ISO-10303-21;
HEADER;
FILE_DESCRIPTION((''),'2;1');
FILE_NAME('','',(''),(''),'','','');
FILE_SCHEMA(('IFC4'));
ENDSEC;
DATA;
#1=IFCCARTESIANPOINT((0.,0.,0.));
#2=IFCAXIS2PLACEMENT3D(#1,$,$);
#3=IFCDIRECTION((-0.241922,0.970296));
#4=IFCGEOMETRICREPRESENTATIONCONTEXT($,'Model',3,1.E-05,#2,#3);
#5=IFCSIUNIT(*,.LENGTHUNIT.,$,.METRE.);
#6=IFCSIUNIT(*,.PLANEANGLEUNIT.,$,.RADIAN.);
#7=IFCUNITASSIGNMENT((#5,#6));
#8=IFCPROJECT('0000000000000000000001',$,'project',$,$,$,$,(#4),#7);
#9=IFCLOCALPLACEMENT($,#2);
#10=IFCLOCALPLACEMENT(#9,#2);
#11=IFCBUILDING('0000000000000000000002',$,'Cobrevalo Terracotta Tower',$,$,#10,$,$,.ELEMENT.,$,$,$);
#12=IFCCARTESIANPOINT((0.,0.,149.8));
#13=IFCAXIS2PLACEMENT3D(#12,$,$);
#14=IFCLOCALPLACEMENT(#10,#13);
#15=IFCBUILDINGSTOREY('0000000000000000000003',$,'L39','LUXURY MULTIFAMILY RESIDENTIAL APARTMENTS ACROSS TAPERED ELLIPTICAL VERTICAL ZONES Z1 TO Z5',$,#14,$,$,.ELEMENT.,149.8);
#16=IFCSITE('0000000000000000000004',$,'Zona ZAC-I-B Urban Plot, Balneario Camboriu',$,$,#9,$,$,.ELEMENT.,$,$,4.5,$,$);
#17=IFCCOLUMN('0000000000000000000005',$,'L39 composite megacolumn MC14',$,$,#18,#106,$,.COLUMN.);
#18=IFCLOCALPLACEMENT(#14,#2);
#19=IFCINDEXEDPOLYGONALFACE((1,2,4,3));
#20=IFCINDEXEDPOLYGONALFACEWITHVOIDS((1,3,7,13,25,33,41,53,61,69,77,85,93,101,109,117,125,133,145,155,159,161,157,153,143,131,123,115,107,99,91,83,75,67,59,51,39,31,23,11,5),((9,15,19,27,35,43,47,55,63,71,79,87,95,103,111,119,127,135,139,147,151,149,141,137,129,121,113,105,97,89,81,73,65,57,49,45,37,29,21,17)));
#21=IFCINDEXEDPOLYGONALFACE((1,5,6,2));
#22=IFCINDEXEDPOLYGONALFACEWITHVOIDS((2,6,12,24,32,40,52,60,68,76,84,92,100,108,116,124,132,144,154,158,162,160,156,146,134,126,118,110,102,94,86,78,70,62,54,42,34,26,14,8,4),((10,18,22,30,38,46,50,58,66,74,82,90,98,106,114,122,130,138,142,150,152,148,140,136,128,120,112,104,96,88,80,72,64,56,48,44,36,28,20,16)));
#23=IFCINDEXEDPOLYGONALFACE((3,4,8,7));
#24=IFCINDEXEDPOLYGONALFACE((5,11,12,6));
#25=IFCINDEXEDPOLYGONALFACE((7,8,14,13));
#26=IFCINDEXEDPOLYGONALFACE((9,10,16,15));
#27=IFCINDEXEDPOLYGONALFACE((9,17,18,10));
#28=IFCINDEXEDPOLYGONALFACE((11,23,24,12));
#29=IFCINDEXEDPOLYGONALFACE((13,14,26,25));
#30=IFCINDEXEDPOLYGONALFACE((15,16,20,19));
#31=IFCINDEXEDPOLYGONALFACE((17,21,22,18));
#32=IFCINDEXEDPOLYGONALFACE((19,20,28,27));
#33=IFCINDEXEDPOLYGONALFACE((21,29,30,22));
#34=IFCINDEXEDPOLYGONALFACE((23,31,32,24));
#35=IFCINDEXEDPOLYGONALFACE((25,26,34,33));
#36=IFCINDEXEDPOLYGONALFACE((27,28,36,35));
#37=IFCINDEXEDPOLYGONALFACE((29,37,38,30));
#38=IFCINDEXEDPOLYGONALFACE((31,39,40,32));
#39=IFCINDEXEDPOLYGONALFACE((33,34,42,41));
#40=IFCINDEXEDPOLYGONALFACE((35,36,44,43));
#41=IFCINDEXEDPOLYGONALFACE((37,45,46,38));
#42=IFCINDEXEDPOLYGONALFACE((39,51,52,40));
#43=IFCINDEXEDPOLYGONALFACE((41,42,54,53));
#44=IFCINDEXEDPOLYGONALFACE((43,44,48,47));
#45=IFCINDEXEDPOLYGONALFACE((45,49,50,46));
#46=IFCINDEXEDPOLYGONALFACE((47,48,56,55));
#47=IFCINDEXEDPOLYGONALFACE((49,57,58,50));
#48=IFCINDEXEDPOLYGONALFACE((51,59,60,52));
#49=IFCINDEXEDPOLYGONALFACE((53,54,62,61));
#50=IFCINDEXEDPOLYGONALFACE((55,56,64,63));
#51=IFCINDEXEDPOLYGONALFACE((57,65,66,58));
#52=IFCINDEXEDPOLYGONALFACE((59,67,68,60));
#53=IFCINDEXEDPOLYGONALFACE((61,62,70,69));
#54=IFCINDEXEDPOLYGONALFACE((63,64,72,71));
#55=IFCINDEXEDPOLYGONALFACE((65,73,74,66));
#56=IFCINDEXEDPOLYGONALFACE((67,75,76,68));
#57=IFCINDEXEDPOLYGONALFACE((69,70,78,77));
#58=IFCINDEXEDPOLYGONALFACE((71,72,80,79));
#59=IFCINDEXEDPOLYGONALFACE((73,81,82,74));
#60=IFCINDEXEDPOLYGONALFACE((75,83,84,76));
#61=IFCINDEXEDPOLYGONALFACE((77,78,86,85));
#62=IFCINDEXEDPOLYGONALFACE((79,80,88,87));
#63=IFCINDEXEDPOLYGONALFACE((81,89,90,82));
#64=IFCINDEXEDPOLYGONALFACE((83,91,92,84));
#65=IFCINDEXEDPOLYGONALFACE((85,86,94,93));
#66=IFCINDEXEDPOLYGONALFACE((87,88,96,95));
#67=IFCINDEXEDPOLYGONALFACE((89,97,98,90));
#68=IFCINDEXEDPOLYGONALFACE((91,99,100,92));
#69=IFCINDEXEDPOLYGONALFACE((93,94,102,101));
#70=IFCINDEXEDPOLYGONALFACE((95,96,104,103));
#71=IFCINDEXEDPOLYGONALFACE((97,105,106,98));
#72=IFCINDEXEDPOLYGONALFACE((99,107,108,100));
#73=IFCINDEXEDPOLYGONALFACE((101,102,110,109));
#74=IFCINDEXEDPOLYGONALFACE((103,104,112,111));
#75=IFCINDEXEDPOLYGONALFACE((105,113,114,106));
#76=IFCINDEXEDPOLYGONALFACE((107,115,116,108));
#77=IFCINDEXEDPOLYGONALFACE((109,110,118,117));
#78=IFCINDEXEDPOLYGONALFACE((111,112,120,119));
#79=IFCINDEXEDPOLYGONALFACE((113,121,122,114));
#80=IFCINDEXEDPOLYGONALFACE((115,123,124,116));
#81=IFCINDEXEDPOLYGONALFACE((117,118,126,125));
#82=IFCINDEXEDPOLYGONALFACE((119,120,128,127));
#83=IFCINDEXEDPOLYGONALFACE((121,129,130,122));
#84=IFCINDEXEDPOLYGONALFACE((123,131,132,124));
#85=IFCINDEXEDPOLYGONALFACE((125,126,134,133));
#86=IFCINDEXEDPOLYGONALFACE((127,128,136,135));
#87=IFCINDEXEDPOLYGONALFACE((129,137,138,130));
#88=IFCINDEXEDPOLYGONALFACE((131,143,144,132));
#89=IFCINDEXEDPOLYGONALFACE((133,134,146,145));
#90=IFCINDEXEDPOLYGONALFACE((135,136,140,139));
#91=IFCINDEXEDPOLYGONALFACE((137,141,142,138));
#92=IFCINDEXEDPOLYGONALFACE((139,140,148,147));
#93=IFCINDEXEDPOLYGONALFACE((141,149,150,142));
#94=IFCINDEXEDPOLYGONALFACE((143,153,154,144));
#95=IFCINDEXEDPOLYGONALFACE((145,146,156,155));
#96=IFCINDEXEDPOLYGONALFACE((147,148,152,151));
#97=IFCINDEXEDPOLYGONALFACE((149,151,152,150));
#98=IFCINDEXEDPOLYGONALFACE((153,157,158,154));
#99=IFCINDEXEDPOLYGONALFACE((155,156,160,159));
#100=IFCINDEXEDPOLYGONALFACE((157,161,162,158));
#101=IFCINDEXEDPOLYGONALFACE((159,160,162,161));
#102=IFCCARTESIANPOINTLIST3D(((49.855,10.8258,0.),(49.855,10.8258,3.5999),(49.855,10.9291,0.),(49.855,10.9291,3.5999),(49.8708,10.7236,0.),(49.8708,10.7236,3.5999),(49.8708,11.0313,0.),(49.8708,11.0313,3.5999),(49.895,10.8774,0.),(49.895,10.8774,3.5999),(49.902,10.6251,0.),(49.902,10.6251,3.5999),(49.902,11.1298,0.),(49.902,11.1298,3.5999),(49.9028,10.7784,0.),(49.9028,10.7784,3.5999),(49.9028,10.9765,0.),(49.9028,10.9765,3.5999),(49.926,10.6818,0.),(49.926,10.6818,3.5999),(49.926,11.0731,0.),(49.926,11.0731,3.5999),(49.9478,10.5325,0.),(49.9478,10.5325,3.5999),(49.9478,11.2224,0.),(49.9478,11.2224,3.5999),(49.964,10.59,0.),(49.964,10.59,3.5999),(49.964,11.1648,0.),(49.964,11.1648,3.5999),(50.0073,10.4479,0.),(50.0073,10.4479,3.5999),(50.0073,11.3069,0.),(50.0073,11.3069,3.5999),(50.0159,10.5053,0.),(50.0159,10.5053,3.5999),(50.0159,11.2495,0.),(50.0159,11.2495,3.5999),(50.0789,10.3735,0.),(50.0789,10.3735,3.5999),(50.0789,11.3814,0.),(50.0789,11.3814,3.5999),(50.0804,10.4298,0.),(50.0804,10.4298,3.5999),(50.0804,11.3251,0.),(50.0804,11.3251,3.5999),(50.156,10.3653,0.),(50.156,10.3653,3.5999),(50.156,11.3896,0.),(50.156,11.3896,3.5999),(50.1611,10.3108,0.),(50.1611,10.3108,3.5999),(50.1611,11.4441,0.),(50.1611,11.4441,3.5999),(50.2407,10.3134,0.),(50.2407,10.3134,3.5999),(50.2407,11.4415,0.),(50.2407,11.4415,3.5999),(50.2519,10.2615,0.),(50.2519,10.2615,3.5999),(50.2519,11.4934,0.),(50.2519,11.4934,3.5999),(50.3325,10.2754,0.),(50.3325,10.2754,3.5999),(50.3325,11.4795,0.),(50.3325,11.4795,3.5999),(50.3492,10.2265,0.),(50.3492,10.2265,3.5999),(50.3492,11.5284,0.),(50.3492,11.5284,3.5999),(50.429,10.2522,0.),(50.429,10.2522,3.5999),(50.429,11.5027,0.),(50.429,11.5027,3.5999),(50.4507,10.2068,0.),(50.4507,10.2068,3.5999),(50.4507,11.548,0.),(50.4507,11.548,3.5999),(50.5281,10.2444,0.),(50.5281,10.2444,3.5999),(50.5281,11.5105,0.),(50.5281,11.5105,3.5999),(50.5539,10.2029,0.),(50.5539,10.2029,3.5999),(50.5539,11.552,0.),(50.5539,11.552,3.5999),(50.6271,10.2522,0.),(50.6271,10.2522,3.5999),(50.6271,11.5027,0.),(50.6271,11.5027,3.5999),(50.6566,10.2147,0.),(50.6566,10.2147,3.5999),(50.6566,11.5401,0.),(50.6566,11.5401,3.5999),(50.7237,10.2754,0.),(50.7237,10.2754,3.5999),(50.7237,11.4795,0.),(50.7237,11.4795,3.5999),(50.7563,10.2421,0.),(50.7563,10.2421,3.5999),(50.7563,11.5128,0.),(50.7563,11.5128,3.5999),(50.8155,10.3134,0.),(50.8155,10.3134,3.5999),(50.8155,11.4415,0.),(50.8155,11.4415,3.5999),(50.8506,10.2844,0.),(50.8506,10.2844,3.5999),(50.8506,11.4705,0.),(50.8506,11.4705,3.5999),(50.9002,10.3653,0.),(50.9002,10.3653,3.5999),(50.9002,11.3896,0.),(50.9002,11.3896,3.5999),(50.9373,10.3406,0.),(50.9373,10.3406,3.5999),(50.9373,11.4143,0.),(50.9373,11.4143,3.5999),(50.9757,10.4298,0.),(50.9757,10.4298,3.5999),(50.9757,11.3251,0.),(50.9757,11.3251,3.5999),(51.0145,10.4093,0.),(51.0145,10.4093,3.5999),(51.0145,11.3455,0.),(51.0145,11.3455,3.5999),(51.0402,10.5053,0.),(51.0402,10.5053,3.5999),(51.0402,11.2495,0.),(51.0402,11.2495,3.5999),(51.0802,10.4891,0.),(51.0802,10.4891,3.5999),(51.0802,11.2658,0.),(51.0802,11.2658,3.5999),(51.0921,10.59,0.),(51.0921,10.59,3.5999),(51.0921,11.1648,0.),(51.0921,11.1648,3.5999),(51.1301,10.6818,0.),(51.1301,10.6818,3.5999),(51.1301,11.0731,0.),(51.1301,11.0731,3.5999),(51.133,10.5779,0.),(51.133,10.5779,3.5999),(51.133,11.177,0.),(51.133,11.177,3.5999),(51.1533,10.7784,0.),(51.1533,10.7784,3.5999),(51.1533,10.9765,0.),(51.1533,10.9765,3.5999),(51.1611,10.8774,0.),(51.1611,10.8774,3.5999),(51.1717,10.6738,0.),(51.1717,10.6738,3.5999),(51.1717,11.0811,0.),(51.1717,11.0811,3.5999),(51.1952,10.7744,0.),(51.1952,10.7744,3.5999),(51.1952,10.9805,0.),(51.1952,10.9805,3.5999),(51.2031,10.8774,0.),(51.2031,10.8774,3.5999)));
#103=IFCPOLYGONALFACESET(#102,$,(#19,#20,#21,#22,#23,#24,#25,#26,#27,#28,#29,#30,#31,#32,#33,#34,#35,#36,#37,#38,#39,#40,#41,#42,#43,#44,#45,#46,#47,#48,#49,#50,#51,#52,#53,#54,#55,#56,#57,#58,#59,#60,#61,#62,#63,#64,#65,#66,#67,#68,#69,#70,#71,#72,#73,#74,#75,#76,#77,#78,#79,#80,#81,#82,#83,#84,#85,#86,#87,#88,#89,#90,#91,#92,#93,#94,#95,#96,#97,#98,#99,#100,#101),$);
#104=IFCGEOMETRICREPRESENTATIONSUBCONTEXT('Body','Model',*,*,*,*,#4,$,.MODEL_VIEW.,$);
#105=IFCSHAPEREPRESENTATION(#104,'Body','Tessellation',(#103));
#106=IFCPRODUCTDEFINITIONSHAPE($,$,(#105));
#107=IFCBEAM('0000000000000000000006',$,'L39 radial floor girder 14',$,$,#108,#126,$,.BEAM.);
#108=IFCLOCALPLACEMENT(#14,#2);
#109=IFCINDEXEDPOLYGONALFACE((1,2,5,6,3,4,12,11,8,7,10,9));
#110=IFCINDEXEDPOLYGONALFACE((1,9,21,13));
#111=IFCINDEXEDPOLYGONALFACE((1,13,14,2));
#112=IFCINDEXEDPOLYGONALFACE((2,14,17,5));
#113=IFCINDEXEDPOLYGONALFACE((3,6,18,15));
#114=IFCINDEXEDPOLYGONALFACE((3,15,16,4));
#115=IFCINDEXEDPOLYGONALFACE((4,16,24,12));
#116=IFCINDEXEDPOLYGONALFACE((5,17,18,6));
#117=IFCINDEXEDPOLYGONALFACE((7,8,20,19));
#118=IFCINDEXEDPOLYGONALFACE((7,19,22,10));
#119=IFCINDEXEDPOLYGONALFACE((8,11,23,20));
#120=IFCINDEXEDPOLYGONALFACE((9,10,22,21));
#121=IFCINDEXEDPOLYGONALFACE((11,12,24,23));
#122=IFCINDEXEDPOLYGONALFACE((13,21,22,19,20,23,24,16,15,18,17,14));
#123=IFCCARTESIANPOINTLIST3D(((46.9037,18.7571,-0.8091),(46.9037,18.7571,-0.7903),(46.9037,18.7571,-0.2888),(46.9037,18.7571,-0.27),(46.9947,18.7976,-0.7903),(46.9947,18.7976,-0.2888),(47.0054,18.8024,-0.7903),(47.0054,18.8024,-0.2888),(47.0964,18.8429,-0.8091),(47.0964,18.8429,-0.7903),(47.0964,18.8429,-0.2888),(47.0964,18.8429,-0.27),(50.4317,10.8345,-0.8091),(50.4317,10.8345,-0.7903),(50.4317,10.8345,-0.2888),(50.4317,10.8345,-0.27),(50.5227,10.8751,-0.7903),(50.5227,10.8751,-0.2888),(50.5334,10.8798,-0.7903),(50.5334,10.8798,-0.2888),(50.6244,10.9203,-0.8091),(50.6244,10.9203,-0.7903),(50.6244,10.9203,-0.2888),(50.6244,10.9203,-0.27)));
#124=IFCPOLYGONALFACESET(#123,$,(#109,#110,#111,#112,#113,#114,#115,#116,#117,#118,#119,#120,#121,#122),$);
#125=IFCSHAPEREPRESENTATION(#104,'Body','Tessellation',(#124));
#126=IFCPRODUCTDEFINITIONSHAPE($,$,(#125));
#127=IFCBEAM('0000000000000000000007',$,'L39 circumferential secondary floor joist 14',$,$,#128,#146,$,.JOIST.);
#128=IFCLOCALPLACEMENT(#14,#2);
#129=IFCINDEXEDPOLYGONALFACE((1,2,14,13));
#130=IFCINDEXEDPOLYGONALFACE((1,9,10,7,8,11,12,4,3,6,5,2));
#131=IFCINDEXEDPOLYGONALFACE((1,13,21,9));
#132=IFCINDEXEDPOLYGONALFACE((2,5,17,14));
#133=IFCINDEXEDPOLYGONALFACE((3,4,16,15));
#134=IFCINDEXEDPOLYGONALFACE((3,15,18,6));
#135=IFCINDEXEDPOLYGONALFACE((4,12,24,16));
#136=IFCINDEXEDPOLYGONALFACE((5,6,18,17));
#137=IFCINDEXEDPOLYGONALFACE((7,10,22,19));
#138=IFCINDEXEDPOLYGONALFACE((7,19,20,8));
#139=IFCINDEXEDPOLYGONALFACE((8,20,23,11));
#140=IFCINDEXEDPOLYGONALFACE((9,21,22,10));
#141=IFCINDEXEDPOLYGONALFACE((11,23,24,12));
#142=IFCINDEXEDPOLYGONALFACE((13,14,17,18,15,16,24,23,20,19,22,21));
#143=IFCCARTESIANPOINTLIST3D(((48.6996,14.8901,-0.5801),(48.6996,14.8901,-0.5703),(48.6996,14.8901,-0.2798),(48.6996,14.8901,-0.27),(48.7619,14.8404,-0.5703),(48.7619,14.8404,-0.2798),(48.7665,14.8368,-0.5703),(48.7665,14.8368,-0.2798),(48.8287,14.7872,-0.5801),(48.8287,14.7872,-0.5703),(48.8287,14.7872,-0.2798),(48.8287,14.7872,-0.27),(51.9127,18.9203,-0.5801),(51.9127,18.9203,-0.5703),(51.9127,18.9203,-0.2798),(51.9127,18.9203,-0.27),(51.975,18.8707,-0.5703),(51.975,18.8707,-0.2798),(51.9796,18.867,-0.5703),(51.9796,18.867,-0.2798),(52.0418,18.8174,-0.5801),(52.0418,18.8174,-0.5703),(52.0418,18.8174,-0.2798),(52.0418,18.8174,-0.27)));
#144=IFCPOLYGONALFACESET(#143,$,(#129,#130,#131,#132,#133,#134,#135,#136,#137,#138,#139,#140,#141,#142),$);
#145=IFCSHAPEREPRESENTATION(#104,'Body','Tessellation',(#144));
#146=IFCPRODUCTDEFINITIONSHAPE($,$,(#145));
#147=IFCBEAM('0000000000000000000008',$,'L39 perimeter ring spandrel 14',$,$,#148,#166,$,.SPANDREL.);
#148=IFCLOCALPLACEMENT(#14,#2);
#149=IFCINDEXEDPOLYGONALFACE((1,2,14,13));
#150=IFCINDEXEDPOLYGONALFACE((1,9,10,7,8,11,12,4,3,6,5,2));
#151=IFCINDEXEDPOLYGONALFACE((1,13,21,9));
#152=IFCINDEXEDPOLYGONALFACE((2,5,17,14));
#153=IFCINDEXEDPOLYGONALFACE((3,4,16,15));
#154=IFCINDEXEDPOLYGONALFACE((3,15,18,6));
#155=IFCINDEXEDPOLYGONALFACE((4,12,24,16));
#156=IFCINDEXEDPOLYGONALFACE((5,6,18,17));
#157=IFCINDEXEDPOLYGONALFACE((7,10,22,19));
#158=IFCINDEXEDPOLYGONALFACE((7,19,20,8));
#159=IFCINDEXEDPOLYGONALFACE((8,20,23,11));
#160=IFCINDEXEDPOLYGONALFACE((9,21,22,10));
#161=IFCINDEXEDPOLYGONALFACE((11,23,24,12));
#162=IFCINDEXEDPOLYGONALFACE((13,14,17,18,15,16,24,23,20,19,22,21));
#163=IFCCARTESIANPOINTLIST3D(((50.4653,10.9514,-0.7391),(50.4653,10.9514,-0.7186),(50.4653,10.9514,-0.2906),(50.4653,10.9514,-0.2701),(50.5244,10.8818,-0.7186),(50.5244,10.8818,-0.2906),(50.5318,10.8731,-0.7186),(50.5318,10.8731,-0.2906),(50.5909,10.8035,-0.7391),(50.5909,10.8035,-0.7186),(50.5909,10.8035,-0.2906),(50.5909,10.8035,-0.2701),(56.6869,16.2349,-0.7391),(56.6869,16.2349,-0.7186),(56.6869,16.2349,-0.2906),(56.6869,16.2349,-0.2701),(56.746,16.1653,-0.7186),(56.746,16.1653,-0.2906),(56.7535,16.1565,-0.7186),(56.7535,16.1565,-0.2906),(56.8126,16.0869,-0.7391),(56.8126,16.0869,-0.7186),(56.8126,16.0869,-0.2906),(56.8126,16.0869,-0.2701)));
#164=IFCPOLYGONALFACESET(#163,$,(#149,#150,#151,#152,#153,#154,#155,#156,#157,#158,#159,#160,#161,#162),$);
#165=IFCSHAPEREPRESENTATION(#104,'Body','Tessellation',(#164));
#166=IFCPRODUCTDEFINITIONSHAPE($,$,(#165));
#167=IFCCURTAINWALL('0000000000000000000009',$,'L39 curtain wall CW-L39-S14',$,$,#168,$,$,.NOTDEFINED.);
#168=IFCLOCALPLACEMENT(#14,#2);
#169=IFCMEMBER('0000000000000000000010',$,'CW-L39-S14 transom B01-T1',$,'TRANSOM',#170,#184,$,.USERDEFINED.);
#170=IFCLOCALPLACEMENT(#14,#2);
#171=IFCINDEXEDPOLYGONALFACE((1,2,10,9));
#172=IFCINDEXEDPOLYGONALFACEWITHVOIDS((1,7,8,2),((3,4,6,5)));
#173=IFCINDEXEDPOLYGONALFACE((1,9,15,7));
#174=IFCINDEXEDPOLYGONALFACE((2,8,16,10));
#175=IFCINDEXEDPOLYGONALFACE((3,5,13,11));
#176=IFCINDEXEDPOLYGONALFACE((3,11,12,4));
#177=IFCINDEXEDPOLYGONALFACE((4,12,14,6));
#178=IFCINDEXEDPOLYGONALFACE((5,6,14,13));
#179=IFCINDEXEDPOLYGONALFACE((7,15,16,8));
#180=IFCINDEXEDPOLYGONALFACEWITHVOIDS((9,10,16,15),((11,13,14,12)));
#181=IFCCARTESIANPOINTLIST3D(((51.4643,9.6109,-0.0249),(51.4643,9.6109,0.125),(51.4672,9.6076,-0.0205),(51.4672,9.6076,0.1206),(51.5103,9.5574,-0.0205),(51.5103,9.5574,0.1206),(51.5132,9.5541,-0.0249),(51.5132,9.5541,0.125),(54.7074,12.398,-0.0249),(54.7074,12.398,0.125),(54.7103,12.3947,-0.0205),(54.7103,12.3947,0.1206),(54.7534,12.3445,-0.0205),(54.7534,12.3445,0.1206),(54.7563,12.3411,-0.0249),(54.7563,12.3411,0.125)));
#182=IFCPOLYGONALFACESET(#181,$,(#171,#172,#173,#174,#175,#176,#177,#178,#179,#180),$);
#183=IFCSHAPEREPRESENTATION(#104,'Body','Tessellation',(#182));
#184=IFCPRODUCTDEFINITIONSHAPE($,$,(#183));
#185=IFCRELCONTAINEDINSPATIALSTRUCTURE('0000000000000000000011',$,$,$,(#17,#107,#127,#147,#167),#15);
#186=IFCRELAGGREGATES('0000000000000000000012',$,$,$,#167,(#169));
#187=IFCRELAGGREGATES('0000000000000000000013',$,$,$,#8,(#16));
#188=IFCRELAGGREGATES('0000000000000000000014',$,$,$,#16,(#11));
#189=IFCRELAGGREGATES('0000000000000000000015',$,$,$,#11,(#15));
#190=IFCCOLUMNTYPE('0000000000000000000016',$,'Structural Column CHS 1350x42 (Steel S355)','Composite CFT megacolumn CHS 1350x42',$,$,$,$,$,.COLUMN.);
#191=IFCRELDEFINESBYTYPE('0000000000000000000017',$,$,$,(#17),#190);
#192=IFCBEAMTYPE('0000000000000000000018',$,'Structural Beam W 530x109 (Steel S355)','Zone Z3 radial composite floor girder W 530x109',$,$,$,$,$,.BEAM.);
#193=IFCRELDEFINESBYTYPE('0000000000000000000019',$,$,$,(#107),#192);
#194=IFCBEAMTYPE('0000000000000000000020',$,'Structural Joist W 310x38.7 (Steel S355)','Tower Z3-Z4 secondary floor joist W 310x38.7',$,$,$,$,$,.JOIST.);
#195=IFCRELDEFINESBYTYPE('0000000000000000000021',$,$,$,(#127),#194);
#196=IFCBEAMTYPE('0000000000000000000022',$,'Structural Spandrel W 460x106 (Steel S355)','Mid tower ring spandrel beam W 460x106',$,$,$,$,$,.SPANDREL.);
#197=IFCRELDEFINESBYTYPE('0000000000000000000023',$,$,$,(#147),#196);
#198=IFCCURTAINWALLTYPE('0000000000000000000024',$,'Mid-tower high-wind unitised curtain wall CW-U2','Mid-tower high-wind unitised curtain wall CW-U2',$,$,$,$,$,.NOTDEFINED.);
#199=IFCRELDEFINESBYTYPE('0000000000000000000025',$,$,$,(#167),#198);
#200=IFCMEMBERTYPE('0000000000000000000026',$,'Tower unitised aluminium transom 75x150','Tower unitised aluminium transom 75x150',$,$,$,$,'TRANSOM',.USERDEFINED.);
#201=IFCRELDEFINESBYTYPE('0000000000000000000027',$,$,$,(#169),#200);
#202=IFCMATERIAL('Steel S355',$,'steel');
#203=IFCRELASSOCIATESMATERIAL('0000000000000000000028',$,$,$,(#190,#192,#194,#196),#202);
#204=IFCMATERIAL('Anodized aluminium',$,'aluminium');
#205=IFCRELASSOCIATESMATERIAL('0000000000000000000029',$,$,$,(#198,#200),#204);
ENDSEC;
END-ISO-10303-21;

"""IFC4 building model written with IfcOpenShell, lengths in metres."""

from ifc_helpers import new_model, si_unit, direction, frame, origin, origin_2d, place, context, subcontext, project, spatial, hollow_rectangle, hollow_circle, i_section, extrude, source, transform, mapped, material, material_profile, profile_set, type_object, element, aggregate, save


model = new_model("IFC4")

# Units and contexts
model_context = context("Model", 3, precision=1e-05, world=origin(), true_north=direction((-0.241922, 0.970296)))
body_context = subcontext(model_context, "Body", "Model", "MODEL_VIEW")
ifc_project = project(units=[si_unit("LENGTHUNIT", "METRE"), si_unit("PLANEANGLEUNIT", "RADIAN")], contexts=[model_context])

# Site, building, storey
site_placement = place(None, origin())
site = spatial("IfcSite", under=ifc_project, at=site_placement, Name="Zona ZAC-I-B Urban Plot, Balneario Camboriu", CompositionType="ELEMENT", RefElevation=4.5)
building_placement = place(site_placement, origin())
building = spatial("IfcBuilding", under=site, at=building_placement, Name="Cobrevalo Terracotta Tower", CompositionType="ELEMENT")
storey_placement = place(building_placement, frame((0.0, 0.0, 149.8)))
storey = spatial("IfcBuildingStorey", under=building, at=storey_placement, Name="L39", Description="LUXURY MULTIFAMILY RESIDENTIAL APARTMENTS ACROSS TAPERED ELLIPTICAL VERTICAL ZONES Z1 TO Z5", CompositionType="ELEMENT", Elevation=149.8)

# Column
ifc_material_1 = material(Name="Steel S355", Category="steel")
ifc_material_profile_1 = material_profile(ifc_material_1, hollow_circle(Radius=0.675, WallThickness=0.042, at=origin_2d()), Name="CHS 1350x42")
ifc_profile_set_1 = profile_set([ifc_material_profile_1], Name="Steel S355")
column_type = type_object("IfcColumnType", Name="Structural Column CHS 1350x42 (Steel S355)", Description="Composite CFT megacolumn CHS 1350x42", PredefinedType="COLUMN", material=ifc_profile_set_1)
column_placement = place(storey_placement, frame((50.5281, 10.8774, 0.0), z_axis=(0.0, 0.0, 1.0), x_axis=(1.0, 0.0, 0.0)))
element("IfcColumn", 1, at=column_placement, inside=storey, type_object=column_type, Name="L39 composite megacolumn MC14", PredefinedType="COLUMN", context=body_context, shape_type="SweptSolid", body=[
    extrude(hollow_circle(Radius=0.675, WallThickness=0.042, at=origin_2d()), origin(), (0.0, 0.0, 1.0), 3.5999),
])

# Beams
ifc_material_profile_2 = material_profile(ifc_material_1, i_section(OverallWidth=0.2109, OverallDepth=0.5391, WebThickness=0.0117, FlangeThickness=0.0188, at=origin_2d()), Name="W 530x109")
ifc_profile_set_2 = profile_set([ifc_material_profile_2], Name="Steel S355")
beam_type_1 = type_object("IfcBeamType", Name="Structural Beam W 530x109 (Steel S355)", Description="Zone Z3 radial composite floor girder W 530x109", PredefinedType="BEAM", material=ifc_profile_set_2)
beam_1_placement = place(storey_placement, frame((50.5281, 10.8774, -0.5396), z_axis=(-0.406804, 0.913515, 0.0), x_axis=(-0.913515, -0.406804, 0.0)))
element("IfcBeam", 2, at=beam_1_placement, inside=storey, type_object=beam_type_1, Name="L39 radial floor girder 14", PredefinedType="BEAM", context=body_context, shape_type="SweptSolid", body=[
    extrude(i_section(OverallWidth=0.2109, OverallDepth=0.5391, WebThickness=0.0117, FlangeThickness=0.0188, at=origin_2d()), origin(), (0.0, 0.0, 1.0), 8.6726),
])
ifc_material_profile_3 = material_profile(ifc_material_1, i_section(OverallWidth=0.165, OverallDepth=0.3101, WebThickness=0.0059, FlangeThickness=0.0098, at=origin_2d()), Name="W 310x38.7")
ifc_profile_set_3 = profile_set([ifc_material_profile_3], Name="Steel S355")
beam_type_2 = type_object("IfcBeamType", Name="Structural Joist W 310x38.7 (Steel S355)", Description="Tower Z3-Z4 secondary floor joist W 310x38.7", PredefinedType="JOIST", material=ifc_profile_set_3)
beam_2_placement = place(storey_placement, frame((48.7642, 14.8386, -0.425), z_axis=(0.623383, 0.781917, 0.0), x_axis=(-0.781917, 0.623383, 0.0)))
element("IfcBeam", 3, at=beam_2_placement, inside=storey, type_object=beam_type_2, Name="L39 circumferential secondary floor joist 14", PredefinedType="JOIST", context=body_context, shape_type="SweptSolid", body=[
    extrude(i_section(OverallWidth=0.165, OverallDepth=0.3101, WebThickness=0.0059, FlangeThickness=0.0098, at=origin_2d()), origin(), (0.0, 0.0, 1.0), 5.1543),
])
ifc_material_profile_4 = material_profile(ifc_material_1, i_section(OverallWidth=0.1941, OverallDepth=0.469, WebThickness=0.0115, FlangeThickness=0.0205, at=origin_2d()), Name="W 460x106")
ifc_profile_set_4 = profile_set([ifc_material_profile_4], Name="Steel S355")
beam_type_3 = type_object("IfcBeamType", Name="Structural Spandrel W 460x106 (Steel S355)", Description="Mid tower ring spandrel beam W 460x106", PredefinedType="SPANDREL", material=ifc_profile_set_4)
beam_3_placement = place(storey_placement, frame((50.5281, 10.8774, -0.5046), z_axis=(0.76224, 0.647294, 0.0), x_axis=(-0.647294, 0.76224, 0.0)))
element("IfcBeam", 4, at=beam_3_placement, inside=storey, type_object=beam_type_3, Name="L39 perimeter ring spandrel 14", PredefinedType="SPANDREL", context=body_context, shape_type="SweptSolid", body=[
    extrude(i_section(OverallWidth=0.1941, OverallDepth=0.469, WebThickness=0.0115, FlangeThickness=0.0205, at=origin_2d()), origin(), (0.0, 0.0, 1.0), 8.1624),
])

# Curtain wall, member
ifc_material_2 = material(Name="Anodized aluminium", Category="aluminium")
curtain_wall_type = type_object("IfcCurtainWallType", Name="Mid-tower high-wind unitised curtain wall CW-U2", Description="Mid-tower high-wind unitised curtain wall CW-U2", PredefinedType="NOTDEFINED", material=ifc_material_2)
curtain_wall_1_placement = place(storey_placement, origin())
curtain_wall_1 = element("IfcCurtainWall", 5, at=curtain_wall_1_placement, inside=storey, type_object=curtain_wall_type, Name="L39 curtain wall CW-L39-S14", PredefinedType="NOTDEFINED")
ifc_material_profile_5 = material_profile(ifc_material_2, hollow_rectangle(XDim=0.075, YDim=0.1499, WallThickness=0.0044, at=origin_2d()), Name="CWT 75x150")
ifc_profile_set_5 = profile_set([ifc_material_profile_5], Name="Anodized aluminium")
member_type_1 = type_object("IfcMemberType", Name="Tower unitised aluminium transom 75x150", Description="Tower unitised aluminium transom 75x150", ElementType="TRANSOM", PredefinedType="USERDEFINED", material=ifc_profile_set_5)
shared_shape_1 = source(origin(), body_context, "Body", "SweptSolid", [
    extrude(hollow_rectangle(XDim=0.075, YDim=0.1499, WallThickness=0.0044, at=origin_2d()), origin(), (0.0, 0.0, 1.0), 4.2761),
])
member_1_placement = place(storey_placement, frame((51.4888, 9.5825, 0.05), z_axis=(0.758418, 0.651769, 0.0), x_axis=(-0.651769, 0.758418, 0.0)))
member_1 = element("IfcMember", 6, at=member_1_placement, type_object=member_type_1, Name="CW-L39-S14 transom B01-T1", ObjectType="TRANSOM", PredefinedType="USERDEFINED", context=body_context, shape_type="MappedRepresentation", body=[
    mapped(shared_shape_1, transform((0.0, 0.0, 0.0), scale=1.0)),
])

aggregate(curtain_wall_1, [member_1])

save(model, "model.ifc")
